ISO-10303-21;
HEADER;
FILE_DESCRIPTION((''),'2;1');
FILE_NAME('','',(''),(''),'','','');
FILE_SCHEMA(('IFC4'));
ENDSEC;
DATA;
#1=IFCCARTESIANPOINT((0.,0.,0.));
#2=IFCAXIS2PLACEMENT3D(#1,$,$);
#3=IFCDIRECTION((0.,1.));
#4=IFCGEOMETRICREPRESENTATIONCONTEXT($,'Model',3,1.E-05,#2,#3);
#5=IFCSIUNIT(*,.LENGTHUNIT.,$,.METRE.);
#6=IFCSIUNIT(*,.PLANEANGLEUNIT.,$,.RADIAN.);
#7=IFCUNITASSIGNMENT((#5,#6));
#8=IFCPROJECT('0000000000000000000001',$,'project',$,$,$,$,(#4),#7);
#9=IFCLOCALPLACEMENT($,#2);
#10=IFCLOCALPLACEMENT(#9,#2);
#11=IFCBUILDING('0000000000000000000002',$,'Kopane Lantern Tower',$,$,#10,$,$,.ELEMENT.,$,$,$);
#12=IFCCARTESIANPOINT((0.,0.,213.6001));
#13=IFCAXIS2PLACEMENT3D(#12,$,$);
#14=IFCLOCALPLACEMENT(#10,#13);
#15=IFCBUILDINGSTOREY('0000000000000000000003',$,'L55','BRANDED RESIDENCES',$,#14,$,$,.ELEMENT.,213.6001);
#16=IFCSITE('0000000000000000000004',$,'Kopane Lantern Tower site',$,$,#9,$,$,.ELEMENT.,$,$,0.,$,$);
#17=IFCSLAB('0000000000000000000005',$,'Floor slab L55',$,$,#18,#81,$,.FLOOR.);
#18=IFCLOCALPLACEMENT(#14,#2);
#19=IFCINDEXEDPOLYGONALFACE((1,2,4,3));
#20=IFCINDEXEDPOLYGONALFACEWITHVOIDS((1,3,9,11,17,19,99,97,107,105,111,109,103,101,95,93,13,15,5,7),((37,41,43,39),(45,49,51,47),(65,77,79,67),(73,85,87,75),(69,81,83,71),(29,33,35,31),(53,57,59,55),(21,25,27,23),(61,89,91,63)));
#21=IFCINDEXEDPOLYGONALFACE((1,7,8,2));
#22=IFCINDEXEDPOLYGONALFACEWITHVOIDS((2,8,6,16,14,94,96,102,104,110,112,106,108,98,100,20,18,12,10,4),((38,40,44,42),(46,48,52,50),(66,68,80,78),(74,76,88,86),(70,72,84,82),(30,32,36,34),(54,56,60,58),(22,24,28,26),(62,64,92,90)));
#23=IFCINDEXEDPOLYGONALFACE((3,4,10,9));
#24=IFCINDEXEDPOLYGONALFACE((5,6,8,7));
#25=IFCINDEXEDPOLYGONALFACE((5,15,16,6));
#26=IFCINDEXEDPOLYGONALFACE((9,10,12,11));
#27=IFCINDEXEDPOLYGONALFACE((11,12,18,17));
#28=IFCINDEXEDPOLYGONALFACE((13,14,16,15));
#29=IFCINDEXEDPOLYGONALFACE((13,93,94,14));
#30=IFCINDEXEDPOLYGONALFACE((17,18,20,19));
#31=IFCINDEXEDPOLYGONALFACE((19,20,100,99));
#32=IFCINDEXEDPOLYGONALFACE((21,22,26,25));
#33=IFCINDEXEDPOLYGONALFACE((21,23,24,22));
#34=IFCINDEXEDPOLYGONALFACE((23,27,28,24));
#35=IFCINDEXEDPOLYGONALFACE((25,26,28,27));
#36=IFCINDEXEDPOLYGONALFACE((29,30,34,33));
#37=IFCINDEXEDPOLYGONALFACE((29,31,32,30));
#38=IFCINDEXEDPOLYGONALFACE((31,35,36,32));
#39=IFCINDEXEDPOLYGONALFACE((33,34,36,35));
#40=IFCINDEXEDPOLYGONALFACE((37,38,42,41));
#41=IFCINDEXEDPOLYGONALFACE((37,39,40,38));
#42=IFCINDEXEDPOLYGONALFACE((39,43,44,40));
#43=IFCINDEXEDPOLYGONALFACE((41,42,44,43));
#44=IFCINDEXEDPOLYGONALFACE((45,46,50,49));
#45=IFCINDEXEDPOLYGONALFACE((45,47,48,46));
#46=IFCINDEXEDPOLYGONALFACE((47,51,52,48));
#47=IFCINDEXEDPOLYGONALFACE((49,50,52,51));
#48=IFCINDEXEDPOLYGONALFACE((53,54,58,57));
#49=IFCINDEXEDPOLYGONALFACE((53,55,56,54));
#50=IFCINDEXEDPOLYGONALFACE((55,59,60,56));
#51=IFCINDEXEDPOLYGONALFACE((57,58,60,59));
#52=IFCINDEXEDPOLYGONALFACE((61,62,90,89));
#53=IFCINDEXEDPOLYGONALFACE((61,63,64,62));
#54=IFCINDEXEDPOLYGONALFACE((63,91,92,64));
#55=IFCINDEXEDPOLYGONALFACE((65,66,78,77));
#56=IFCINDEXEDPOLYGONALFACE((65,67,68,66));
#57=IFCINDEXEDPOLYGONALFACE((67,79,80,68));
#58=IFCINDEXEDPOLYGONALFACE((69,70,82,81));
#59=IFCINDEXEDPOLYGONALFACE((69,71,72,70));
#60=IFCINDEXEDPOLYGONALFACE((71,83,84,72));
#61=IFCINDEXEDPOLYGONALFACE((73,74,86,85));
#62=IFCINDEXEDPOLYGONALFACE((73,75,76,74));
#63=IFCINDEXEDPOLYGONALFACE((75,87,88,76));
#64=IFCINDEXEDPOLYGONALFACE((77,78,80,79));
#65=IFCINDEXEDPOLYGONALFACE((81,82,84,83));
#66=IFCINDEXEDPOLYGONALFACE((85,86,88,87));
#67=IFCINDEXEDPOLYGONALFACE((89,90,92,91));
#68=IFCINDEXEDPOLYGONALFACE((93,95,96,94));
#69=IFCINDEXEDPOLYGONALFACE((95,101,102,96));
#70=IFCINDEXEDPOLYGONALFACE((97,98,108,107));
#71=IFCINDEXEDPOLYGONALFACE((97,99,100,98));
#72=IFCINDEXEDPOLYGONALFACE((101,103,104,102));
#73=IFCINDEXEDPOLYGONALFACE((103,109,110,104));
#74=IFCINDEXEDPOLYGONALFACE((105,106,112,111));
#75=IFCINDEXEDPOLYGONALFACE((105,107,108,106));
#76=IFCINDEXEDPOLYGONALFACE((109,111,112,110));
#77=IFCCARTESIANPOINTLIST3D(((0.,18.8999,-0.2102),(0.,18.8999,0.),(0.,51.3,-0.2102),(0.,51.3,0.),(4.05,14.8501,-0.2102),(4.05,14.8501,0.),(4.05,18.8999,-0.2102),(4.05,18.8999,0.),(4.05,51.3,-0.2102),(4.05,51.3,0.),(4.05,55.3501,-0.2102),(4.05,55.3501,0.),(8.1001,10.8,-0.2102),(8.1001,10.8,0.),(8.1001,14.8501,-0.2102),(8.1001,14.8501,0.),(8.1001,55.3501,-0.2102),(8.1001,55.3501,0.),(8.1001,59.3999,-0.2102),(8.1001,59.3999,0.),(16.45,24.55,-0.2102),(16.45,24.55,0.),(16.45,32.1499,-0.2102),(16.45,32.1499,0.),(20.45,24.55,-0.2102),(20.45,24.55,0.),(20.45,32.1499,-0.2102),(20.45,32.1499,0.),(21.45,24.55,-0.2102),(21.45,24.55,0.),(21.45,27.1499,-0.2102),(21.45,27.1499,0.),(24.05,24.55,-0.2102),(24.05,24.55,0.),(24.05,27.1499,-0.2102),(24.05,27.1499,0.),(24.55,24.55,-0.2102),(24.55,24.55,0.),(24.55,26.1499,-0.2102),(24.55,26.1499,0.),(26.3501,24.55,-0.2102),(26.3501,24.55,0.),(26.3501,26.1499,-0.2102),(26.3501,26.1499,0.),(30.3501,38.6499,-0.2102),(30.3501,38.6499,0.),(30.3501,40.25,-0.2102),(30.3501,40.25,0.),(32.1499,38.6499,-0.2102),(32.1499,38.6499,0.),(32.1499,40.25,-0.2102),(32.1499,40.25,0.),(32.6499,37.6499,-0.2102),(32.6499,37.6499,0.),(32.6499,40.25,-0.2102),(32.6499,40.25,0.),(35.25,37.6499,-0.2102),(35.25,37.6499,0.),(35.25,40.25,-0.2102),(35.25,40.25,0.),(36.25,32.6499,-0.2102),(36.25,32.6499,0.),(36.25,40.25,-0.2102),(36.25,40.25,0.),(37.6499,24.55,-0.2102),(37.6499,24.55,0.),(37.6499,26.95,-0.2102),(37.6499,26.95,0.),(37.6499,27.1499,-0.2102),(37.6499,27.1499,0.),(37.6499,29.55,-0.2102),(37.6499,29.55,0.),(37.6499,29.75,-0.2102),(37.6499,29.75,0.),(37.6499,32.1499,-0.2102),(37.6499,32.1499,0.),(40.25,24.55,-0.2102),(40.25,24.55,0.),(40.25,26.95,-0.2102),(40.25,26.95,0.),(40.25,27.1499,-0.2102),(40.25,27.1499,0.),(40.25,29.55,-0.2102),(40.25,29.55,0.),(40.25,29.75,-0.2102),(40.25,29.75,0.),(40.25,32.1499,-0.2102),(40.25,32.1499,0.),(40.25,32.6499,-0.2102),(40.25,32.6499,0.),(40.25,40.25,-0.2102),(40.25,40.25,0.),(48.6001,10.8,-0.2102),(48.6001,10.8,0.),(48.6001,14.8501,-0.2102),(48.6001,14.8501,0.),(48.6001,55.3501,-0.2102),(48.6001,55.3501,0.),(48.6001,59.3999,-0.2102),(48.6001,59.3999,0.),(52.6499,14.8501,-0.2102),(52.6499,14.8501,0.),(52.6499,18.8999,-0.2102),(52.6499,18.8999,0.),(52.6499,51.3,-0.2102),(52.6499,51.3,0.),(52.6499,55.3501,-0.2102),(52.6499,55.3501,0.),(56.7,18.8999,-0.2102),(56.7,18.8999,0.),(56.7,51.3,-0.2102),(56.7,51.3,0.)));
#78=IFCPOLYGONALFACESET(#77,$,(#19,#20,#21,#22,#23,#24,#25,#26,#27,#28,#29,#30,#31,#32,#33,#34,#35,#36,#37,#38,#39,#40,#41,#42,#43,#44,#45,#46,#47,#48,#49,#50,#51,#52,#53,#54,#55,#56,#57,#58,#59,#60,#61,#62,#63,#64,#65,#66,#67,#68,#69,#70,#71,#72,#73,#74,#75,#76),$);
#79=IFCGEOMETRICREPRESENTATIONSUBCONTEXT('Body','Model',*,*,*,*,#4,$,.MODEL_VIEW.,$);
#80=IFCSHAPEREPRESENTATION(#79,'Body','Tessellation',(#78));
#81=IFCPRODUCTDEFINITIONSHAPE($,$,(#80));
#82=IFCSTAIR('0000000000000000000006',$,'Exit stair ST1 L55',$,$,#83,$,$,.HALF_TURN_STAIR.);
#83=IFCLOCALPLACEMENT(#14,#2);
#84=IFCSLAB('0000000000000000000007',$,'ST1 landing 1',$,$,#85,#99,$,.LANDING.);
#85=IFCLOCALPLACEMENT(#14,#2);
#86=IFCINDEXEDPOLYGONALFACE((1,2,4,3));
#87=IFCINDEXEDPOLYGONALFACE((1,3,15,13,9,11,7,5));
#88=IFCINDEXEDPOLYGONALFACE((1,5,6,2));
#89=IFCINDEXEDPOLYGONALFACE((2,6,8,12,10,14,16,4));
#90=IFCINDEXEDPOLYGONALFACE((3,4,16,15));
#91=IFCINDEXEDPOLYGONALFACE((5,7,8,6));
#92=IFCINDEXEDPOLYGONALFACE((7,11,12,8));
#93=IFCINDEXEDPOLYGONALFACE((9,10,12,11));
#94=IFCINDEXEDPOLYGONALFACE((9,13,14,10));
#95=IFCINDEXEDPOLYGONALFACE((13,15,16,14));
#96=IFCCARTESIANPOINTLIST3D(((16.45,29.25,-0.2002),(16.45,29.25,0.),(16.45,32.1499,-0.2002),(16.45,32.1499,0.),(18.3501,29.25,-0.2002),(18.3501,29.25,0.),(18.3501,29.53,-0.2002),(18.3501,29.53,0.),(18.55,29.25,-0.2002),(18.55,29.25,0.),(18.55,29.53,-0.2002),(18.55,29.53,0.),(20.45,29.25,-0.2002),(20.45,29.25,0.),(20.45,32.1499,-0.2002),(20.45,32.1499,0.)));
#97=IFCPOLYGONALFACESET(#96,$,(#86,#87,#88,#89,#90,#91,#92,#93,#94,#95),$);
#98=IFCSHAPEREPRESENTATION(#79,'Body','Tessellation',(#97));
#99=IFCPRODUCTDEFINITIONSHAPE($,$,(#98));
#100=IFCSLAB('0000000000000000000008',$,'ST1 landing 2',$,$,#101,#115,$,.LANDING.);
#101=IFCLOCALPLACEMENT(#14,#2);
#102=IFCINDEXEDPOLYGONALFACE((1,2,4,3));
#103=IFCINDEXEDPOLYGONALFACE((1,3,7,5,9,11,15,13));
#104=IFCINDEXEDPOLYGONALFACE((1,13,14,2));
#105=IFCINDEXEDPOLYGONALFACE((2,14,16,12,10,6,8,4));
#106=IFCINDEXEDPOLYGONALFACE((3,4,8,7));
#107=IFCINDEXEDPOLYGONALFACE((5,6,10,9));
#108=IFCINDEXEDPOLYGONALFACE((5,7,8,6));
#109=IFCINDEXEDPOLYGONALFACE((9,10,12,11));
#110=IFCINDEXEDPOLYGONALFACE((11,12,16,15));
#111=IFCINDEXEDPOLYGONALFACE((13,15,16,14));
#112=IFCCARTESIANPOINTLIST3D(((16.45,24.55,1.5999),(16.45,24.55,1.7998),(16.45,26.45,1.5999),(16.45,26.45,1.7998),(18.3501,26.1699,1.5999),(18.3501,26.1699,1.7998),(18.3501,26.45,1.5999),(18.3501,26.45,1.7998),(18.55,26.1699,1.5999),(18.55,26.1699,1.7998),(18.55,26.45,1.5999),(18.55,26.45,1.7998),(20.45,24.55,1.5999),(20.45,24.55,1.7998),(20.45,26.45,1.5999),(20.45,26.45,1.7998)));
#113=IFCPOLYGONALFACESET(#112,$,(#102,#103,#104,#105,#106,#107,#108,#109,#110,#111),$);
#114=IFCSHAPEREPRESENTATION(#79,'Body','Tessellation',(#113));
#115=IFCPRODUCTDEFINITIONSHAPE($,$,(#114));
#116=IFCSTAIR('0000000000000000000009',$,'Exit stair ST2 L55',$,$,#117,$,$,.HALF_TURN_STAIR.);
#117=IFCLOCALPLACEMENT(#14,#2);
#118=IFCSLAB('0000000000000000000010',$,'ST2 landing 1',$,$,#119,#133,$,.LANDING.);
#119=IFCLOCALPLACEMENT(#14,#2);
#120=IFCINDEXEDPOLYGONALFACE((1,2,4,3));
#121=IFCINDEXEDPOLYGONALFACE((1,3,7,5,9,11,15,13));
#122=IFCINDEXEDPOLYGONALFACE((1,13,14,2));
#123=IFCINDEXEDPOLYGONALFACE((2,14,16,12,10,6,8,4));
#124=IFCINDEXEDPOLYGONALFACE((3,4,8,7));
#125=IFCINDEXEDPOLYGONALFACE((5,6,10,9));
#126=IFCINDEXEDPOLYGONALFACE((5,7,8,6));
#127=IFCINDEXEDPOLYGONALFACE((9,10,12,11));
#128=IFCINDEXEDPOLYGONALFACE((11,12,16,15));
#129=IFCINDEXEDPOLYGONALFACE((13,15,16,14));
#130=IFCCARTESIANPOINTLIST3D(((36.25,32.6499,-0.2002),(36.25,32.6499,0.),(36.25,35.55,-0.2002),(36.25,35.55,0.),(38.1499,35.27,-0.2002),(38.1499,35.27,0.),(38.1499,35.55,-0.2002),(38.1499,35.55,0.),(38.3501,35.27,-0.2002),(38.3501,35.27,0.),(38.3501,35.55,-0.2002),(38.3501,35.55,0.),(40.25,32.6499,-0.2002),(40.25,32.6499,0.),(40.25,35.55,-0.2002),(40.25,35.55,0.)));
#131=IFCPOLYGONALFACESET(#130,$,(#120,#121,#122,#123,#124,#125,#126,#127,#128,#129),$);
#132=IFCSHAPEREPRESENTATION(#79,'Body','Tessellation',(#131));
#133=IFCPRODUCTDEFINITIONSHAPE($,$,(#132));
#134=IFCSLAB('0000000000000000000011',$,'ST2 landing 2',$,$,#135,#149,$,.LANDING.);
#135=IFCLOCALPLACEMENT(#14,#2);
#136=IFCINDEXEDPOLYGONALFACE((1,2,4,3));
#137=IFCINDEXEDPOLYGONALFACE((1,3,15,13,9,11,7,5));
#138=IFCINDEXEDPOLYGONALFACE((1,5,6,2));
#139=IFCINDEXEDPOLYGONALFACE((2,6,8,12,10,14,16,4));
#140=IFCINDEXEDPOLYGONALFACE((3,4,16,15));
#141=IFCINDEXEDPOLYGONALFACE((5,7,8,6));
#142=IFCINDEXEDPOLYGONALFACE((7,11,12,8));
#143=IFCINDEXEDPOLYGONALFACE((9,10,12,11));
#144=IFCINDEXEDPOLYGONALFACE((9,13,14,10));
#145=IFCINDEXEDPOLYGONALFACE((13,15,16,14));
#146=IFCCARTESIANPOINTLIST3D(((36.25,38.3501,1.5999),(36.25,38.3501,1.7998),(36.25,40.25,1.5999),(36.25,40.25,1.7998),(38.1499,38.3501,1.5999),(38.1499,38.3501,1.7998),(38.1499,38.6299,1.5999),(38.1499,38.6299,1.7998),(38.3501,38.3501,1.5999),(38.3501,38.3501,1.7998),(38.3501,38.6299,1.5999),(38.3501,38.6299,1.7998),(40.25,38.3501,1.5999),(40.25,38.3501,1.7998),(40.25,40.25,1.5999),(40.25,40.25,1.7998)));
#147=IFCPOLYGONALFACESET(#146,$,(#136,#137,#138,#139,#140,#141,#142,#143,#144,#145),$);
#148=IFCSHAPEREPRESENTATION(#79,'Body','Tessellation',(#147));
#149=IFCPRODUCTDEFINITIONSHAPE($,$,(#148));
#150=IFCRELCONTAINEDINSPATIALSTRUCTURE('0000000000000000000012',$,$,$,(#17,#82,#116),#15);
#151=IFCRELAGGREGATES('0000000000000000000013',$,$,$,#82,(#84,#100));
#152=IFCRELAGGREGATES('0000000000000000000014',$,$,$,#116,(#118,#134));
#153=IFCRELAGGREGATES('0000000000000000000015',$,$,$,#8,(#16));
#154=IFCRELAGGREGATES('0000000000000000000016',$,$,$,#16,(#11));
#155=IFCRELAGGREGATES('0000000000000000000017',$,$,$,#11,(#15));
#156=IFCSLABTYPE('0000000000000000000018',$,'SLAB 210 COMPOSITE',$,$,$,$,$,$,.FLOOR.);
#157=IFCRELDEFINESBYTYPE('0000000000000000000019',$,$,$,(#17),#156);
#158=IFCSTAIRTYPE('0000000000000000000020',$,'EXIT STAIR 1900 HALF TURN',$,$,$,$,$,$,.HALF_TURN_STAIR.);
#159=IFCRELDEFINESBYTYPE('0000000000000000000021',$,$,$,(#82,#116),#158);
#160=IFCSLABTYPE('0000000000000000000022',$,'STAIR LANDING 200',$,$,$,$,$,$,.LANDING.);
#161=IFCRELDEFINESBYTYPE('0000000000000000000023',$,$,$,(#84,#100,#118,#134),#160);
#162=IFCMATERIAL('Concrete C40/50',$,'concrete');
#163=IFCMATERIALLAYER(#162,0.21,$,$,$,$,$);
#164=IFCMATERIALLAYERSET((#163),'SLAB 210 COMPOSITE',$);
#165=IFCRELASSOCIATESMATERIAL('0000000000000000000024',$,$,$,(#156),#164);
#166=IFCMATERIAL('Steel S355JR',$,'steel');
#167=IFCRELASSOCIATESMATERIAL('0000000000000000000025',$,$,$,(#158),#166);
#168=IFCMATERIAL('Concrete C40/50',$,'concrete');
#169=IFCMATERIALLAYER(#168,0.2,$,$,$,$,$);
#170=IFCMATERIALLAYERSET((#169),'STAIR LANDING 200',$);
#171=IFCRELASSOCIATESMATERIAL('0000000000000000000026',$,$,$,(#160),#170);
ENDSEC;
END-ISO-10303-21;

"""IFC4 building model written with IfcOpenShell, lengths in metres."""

from ifc_helpers import new_model, si_unit, direction, frame, origin, place, context, subcontext, project, spatial, polyline, outline, extrude, material, layer, layer_set, type_object, element, aggregate, save


model = new_model("IFC4")

# Units and contexts
model_context = context("Model", 3, precision=1e-05, world=origin(), true_north=direction((0.0, 1.0)))
body_context = subcontext(model_context, "Body", "Model", "MODEL_VIEW")
ifc_project = project(units=[si_unit("LENGTHUNIT", "METRE"), si_unit("PLANEANGLEUNIT", "RADIAN")], contexts=[model_context])

# Site, building, storey
site_placement = place(None, origin())
site = spatial("IfcSite", under=ifc_project, at=site_placement, Name="Kopane Lantern Tower site", CompositionType="ELEMENT", RefElevation=0.0)
building_placement = place(site_placement, origin())
building = spatial("IfcBuilding", under=site, at=building_placement, Name="Kopane Lantern Tower", CompositionType="ELEMENT")
storey_placement = place(building_placement, frame((0.0, 0.0, 213.6001)))
storey = spatial("IfcBuildingStorey", under=building, at=storey_placement, Name="L55", Description="BRANDED RESIDENCES", CompositionType="ELEMENT", Elevation=213.6001)

# Slab
ifc_material_1 = material(Name="Concrete C40/50", Category="concrete")
ifc_layer_1 = layer(ifc_material_1, 0.21)
ifc_layer_set_1 = layer_set([ifc_layer_1], Name="SLAB 210 COMPOSITE")
slab_type_1 = type_object("IfcSlabType", Name="SLAB 210 COMPOSITE", PredefinedType="FLOOR", material=ifc_layer_set_1)
slab_1_placement = place(storey_placement, frame((0.0, 0.0, -0.2102)))
element("IfcSlab", 1, at=slab_1_placement, inside=storey, type_object=slab_type_1, Name="Floor slab L55", PredefinedType="FLOOR", context=body_context, shape_type="SweptSolid", body=[
    extrude(outline(polyline([(8.1001, 10.8), (48.6001, 10.8), (48.6001, 14.8501), (52.6499, 14.8501), (52.6499, 18.8999), (56.7, 18.8999), (56.7, 51.3), (52.6499, 51.3), (52.6499, 55.3501), (48.6001, 55.3501), (48.6001, 59.3999), (8.1001, 59.3999), (8.1001, 55.3501), (4.05, 55.3501), (4.05, 51.3), (0.0, 51.3), (0.0, 18.8999), (4.05, 18.8999), (4.05, 14.8501), (8.1001, 14.8501), (8.1001, 10.8)]), holes=[polyline([(16.45, 24.55), (20.45, 24.55), (20.45, 32.1499), (16.45, 32.1499), (16.45, 24.55)]), polyline([(36.25, 32.6499), (40.25, 32.6499), (40.25, 40.25), (36.25, 40.25), (36.25, 32.6499)]), polyline([(37.6499, 24.55), (40.25, 24.55), (40.25, 26.95), (37.6499, 26.95), (37.6499, 24.55)]), polyline([(37.6499, 27.1499), (40.25, 27.1499), (40.25, 29.55), (37.6499, 29.55), (37.6499, 27.1499)]), polyline([(37.6499, 29.75), (40.25, 29.75), (40.25, 32.1499), (37.6499, 32.1499), (37.6499, 29.75)]), polyline([(21.45, 24.55), (24.05, 24.55), (24.05, 27.1499), (21.45, 27.1499), (21.45, 24.55)]), polyline([(32.6499, 37.6499), (35.25, 37.6499), (35.25, 40.25), (32.6499, 40.25), (32.6499, 37.6499)]), polyline([(24.55, 24.55), (26.3501, 24.55), (26.3501, 26.1499), (24.55, 26.1499), (24.55, 24.55)]), polyline([(30.3501, 38.6499), (32.1499, 38.6499), (32.1499, 40.25), (30.3501, 40.25), (30.3501, 38.6499)])]), origin(), (0.0, 0.0, 1.0), 0.2102),
])

# Stairs, slabs
ifc_material_2 = material(Name="Steel S355JR", Category="steel")
stair_type = type_object("IfcStairType", Name="EXIT STAIR 1900 HALF TURN", PredefinedType="HALF_TURN_STAIR", material=ifc_material_2)
stair_1_placement = place(storey_placement, origin())
stair_1 = element("IfcStair", 2, at=stair_1_placement, inside=storey, type_object=stair_type, Name="Exit stair ST1 L55", PredefinedType="HALF_TURN_STAIR")
ifc_material_3 = material(Name="Concrete C40/50", Category="concrete")
ifc_layer_2 = layer(ifc_material_3, 0.2)
ifc_layer_set_2 = layer_set([ifc_layer_2], Name="STAIR LANDING 200")
slab_type_2 = type_object("IfcSlabType", Name="STAIR LANDING 200", PredefinedType="LANDING", material=ifc_layer_set_2)
slab_2_placement = place(storey_placement, frame((0.0, 0.0, -0.2002)))
slab_2 = element("IfcSlab", 3, at=slab_2_placement, type_object=slab_type_2, Name="ST1 landing 1", PredefinedType="LANDING", context=body_context, shape_type="SweptSolid", body=[
    extrude(outline(polyline([(18.3501, 29.53), (18.55, 29.53), (18.55, 29.25), (20.45, 29.25), (20.45, 32.1499), (16.45, 32.1499), (16.45, 29.25), (18.3501, 29.25), (18.3501, 29.53)])), origin(), (0.0, 0.0, 1.0), 0.2002),
])
slab_3_placement = place(storey_placement, frame((0.0, 0.0, 1.5999)))
slab_3 = element("IfcSlab", 4, at=slab_3_placement, type_object=slab_type_2, Name="ST1 landing 2", PredefinedType="LANDING", context=body_context, shape_type="SweptSolid", body=[
    extrude(outline(polyline([(20.45, 26.45), (18.55, 26.45), (18.55, 26.1699), (18.3501, 26.1699), (18.3501, 26.45), (16.45, 26.45), (16.45, 24.55), (20.45, 24.55), (20.45, 26.45)])), origin(), (0.0, 0.0, 1.0), 0.2),
])
aggregate(stair_1, [slab_2, slab_3])
stair_2_placement = place(storey_placement, origin())
stair_2 = element("IfcStair", 5, at=stair_2_placement, inside=storey, type_object=stair_type, Name="Exit stair ST2 L55", PredefinedType="HALF_TURN_STAIR")
slab_4_placement = place(storey_placement, frame((0.0, 0.0, -0.2002)))
slab_4 = element("IfcSlab", 6, at=slab_4_placement, type_object=slab_type_2, Name="ST2 landing 1", PredefinedType="LANDING", context=body_context, shape_type="SweptSolid", body=[
    extrude(outline(polyline([(40.25, 35.55), (38.3501, 35.55), (38.3501, 35.27), (38.1499, 35.27), (38.1499, 35.55), (36.25, 35.55), (36.25, 32.6499), (40.25, 32.6499), (40.25, 35.55)])), origin(), (0.0, 0.0, 1.0), 0.2002),
])
slab_5_placement = place(storey_placement, frame((0.0, 0.0, 1.5999)))
slab_5 = element("IfcSlab", 7, at=slab_5_placement, type_object=slab_type_2, Name="ST2 landing 2", PredefinedType="LANDING", context=body_context, shape_type="SweptSolid", body=[
    extrude(outline(polyline([(38.1499, 38.6299), (38.3501, 38.6299), (38.3501, 38.3501), (40.25, 38.3501), (40.25, 40.25), (36.25, 40.25), (36.25, 38.3501), (38.1499, 38.3501), (38.1499, 38.6299)])), origin(), (0.0, 0.0, 1.0), 0.2),
])
aggregate(stair_2, [slab_4, slab_5])

save(model, "model.ifc")
